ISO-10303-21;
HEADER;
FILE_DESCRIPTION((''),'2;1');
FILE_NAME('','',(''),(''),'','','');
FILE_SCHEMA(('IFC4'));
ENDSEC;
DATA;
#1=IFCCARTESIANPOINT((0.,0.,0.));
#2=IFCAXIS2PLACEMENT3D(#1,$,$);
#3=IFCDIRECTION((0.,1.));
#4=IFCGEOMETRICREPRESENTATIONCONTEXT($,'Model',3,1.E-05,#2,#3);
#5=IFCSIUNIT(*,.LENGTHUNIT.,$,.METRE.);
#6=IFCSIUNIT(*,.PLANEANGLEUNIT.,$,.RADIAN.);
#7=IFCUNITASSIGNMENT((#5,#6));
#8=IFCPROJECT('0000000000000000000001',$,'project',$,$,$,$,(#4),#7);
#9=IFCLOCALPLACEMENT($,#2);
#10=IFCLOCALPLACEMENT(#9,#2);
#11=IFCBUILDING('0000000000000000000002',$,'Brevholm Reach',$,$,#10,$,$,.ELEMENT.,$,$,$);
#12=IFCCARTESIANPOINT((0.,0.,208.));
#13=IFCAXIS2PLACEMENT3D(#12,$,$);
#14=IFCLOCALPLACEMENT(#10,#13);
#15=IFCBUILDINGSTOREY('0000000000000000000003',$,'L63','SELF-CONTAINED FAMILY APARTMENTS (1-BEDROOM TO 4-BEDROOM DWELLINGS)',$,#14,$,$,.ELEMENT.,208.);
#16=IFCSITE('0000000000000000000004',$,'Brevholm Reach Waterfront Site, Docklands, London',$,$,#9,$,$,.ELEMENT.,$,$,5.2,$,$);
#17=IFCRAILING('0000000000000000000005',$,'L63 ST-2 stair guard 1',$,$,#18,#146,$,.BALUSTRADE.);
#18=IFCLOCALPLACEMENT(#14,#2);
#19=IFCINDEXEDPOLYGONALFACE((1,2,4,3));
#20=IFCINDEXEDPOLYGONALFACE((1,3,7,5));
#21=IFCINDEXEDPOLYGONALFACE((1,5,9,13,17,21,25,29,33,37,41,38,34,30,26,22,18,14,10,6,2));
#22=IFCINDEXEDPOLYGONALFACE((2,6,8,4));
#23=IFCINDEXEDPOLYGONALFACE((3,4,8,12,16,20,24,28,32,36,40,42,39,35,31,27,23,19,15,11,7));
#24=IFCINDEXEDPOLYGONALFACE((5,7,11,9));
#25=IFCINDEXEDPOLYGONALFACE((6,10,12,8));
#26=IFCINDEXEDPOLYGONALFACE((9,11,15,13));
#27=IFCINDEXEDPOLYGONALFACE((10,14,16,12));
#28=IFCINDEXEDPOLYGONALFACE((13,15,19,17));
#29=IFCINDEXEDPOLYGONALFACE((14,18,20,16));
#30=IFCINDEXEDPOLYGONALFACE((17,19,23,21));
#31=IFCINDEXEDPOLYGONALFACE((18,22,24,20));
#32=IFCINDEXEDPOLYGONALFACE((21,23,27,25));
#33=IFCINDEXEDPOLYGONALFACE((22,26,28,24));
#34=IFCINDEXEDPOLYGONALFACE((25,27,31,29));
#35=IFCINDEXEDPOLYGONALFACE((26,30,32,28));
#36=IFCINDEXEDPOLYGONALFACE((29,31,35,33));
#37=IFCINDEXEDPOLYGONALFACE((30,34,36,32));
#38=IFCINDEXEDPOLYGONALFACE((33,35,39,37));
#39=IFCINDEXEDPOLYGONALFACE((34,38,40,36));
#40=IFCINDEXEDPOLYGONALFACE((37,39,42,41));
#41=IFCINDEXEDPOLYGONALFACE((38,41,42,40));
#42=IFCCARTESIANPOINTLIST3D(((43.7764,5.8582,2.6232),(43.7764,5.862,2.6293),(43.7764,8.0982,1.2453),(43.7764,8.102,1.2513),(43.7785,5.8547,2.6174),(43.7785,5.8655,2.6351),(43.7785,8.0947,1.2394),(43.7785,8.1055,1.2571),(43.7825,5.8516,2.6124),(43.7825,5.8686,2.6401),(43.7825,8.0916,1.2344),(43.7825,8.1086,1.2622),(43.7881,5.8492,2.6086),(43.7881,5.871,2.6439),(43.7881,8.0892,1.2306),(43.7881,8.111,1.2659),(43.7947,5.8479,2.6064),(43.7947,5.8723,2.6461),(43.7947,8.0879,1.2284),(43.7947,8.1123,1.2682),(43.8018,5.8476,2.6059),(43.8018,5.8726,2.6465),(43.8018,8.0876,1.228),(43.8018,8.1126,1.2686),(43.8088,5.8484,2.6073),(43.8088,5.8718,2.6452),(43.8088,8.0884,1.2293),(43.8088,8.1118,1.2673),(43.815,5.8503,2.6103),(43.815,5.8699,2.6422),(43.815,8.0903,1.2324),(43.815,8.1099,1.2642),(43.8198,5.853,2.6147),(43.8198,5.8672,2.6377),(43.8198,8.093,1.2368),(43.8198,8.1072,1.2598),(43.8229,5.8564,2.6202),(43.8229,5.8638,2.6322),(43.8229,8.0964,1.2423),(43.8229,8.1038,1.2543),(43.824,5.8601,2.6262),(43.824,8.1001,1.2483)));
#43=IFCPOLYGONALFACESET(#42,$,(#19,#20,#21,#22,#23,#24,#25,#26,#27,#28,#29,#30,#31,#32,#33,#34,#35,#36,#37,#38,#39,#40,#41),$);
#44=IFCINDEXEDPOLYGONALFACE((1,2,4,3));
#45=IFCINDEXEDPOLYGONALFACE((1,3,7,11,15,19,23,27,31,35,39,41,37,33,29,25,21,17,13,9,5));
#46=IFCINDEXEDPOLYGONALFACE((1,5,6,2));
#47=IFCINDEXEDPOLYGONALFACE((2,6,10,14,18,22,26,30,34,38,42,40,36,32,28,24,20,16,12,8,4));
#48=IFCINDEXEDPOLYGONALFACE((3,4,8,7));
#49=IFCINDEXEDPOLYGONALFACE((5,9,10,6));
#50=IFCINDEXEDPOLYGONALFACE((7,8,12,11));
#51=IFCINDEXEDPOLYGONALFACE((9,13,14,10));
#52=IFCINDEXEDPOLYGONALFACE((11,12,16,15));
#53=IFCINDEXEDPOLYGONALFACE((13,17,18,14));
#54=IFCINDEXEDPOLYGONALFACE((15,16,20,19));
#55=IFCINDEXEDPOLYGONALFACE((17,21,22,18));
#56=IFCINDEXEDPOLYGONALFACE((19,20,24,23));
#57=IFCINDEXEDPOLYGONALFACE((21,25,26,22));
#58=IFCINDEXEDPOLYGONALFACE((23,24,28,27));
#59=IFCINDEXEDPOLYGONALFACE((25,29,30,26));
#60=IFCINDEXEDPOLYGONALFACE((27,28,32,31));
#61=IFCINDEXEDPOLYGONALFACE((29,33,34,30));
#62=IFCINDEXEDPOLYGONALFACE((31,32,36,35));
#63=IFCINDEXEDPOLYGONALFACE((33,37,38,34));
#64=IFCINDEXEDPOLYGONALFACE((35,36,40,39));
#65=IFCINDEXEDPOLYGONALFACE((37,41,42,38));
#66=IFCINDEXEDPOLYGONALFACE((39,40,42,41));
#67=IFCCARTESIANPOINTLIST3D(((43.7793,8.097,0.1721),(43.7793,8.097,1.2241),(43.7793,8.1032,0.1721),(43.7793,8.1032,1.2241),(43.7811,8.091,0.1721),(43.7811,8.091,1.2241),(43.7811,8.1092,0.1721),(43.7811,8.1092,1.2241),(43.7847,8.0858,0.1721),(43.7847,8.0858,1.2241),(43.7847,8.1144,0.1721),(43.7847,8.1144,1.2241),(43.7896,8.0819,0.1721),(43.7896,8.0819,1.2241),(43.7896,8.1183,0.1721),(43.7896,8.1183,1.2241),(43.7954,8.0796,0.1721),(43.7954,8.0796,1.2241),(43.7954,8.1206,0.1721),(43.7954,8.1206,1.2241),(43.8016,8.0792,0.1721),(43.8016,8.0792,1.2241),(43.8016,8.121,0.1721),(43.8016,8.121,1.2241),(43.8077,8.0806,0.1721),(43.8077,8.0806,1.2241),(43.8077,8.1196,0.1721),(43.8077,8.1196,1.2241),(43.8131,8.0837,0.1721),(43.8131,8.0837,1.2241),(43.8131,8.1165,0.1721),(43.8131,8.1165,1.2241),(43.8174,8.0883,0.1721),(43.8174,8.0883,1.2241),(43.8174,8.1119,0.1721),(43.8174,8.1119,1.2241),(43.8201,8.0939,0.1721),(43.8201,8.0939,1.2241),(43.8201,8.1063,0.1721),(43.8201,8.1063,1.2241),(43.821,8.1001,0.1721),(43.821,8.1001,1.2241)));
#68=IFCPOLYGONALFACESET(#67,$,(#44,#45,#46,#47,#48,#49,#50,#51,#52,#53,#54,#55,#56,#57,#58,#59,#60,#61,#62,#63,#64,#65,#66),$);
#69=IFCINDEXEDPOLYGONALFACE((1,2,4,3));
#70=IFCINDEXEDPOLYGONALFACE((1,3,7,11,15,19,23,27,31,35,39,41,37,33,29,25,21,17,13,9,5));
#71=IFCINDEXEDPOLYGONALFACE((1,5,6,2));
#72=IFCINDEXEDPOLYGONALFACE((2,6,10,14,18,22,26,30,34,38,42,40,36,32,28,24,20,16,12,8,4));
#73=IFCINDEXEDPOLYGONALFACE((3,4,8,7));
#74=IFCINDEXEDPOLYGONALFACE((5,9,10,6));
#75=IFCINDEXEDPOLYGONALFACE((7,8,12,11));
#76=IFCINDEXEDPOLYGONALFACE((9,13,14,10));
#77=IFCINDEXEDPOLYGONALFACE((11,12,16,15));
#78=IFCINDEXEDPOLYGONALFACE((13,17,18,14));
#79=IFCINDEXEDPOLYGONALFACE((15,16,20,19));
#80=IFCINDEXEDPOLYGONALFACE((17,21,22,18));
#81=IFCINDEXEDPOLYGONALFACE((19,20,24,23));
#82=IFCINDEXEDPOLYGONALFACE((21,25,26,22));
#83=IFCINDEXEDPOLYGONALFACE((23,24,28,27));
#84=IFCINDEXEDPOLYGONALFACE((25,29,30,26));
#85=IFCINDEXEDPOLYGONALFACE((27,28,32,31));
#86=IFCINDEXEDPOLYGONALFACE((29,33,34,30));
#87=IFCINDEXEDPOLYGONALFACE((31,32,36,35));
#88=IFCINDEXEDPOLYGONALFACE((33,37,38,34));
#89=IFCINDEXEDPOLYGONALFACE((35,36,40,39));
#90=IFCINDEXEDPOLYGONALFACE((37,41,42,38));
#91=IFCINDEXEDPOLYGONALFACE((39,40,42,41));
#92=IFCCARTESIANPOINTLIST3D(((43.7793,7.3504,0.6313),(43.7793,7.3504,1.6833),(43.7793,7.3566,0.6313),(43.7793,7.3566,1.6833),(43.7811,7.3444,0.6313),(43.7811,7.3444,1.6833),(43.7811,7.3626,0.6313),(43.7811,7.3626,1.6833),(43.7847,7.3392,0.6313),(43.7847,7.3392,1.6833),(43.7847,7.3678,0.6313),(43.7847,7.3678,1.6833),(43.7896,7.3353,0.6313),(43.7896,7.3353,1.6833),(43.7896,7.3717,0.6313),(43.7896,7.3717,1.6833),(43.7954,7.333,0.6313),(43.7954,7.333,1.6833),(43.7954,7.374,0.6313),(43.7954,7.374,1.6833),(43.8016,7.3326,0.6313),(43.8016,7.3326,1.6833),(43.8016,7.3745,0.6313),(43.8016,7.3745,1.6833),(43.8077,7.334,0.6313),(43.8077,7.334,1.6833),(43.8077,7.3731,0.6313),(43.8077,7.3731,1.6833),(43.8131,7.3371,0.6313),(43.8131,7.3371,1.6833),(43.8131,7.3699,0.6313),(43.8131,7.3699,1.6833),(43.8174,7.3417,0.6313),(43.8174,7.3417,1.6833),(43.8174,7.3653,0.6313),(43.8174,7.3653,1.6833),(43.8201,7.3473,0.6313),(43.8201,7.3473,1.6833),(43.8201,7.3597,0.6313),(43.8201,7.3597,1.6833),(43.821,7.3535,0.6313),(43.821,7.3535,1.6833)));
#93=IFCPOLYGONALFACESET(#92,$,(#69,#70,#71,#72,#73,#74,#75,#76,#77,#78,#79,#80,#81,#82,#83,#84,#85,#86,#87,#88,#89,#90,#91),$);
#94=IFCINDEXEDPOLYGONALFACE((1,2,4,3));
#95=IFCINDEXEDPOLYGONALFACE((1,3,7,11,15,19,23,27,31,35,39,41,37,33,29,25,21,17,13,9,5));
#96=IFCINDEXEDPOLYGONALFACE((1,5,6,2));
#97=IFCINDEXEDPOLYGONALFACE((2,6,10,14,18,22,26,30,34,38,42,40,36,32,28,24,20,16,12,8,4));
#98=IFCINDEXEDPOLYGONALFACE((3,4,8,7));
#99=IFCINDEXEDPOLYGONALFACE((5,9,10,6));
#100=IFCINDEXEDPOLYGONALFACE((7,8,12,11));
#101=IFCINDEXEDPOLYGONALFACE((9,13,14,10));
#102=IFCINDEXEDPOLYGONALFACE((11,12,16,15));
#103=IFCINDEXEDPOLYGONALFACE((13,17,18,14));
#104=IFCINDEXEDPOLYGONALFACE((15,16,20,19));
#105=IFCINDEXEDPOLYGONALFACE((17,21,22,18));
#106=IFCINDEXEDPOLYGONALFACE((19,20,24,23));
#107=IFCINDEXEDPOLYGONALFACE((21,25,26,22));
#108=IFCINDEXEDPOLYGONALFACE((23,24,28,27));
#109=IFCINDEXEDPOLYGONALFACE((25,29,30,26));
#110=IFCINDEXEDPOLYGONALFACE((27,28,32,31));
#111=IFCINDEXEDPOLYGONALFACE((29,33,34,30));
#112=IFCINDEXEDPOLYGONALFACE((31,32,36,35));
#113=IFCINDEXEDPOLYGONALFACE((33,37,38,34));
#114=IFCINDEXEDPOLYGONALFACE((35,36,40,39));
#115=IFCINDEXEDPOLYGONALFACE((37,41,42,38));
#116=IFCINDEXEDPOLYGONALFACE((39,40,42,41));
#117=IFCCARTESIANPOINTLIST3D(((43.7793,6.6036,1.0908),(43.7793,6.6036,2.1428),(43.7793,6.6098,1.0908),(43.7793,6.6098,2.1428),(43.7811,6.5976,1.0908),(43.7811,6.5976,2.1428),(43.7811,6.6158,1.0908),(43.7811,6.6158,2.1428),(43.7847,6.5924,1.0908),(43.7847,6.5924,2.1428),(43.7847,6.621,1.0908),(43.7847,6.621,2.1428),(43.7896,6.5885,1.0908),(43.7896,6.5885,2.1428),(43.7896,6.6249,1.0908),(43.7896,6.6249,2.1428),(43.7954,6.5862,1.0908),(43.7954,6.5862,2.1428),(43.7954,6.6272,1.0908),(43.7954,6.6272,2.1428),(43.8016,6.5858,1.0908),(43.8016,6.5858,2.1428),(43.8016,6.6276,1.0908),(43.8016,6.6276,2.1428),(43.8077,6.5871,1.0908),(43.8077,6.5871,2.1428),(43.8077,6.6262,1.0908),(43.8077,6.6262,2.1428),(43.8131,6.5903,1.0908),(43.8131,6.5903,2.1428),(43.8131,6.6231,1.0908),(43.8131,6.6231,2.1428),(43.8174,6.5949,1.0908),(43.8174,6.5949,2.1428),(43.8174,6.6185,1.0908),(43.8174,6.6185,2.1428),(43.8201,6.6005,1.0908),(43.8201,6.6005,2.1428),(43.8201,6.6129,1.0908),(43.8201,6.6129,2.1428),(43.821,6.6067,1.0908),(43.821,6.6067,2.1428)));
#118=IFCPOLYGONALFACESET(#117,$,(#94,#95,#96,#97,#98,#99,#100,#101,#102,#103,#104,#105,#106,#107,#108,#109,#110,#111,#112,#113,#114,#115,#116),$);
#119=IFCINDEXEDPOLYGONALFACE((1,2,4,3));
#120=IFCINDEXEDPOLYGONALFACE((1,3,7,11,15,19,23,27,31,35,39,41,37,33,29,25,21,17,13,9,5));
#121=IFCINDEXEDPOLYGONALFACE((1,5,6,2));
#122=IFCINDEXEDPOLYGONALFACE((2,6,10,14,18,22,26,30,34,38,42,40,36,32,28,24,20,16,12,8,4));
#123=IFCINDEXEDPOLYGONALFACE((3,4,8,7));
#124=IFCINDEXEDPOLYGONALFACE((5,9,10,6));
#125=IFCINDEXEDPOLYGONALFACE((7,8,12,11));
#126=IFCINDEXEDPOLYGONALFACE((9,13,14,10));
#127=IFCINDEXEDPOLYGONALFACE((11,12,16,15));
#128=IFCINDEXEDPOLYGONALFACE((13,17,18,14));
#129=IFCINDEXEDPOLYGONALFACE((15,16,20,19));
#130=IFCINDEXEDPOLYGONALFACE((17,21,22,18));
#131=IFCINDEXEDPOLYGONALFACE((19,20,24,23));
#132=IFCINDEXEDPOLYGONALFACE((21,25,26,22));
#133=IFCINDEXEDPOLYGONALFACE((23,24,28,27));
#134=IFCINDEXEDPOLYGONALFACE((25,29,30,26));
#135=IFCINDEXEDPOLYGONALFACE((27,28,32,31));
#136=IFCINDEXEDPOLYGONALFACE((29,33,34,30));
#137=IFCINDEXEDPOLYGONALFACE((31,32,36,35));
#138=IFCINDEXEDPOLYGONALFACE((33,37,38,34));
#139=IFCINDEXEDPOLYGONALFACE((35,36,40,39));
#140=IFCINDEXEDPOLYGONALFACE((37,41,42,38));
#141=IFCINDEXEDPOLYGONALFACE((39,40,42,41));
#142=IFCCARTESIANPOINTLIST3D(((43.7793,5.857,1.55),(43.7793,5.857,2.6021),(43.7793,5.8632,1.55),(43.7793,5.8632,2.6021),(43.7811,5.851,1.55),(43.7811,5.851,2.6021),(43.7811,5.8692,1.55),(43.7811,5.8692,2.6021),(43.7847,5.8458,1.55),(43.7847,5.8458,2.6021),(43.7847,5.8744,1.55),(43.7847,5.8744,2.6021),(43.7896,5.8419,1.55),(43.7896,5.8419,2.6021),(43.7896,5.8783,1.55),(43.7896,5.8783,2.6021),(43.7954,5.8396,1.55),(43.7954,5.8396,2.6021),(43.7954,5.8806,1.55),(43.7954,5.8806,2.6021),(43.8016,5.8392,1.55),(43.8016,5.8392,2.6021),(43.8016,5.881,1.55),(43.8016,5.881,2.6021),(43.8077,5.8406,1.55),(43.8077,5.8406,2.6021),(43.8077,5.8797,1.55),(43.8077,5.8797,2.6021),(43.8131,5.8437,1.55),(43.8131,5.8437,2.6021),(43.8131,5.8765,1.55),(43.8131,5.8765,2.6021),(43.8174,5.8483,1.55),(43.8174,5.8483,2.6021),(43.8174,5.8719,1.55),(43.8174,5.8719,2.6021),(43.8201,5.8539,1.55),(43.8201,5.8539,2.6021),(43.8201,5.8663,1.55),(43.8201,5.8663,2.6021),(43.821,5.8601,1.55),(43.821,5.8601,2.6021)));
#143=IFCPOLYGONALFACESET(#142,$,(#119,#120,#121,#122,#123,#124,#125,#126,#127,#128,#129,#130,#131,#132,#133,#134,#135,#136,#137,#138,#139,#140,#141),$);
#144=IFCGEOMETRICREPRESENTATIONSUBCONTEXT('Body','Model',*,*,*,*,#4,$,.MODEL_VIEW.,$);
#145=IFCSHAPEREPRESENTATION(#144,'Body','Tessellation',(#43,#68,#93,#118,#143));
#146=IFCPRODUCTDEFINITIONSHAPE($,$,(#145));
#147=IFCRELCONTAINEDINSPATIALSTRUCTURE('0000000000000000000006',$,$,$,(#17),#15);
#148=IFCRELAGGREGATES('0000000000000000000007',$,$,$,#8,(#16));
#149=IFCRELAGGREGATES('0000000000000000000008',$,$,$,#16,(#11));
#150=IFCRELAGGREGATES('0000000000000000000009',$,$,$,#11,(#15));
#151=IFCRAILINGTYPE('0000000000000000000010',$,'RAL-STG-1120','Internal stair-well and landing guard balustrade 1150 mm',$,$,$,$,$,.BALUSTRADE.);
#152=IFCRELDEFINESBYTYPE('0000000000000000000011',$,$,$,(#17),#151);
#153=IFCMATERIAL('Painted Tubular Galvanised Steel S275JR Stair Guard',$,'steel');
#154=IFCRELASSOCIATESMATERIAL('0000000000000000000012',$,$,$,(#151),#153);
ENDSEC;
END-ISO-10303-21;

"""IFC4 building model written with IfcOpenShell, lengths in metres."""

from ifc_helpers import new_model, si_unit, direction, frame, origin, origin_2d, place, context, subcontext, project, spatial, circle, extrude, material, type_object, element, save


model = new_model("IFC4")

# Units and contexts
model_context = context("Model", 3, precision=1e-05, world=origin(), true_north=direction((0.0, 1.0)))
body_context = subcontext(model_context, "Body", "Model", "MODEL_VIEW")
ifc_project = project(units=[si_unit("LENGTHUNIT", "METRE"), si_unit("PLANEANGLEUNIT", "RADIAN")], contexts=[model_context])

# Site, building, storey
site_placement = place(None, origin())
site = spatial("IfcSite", under=ifc_project, at=site_placement, Name="Brevholm Reach Waterfront Site, Docklands, London", CompositionType="ELEMENT", RefElevation=5.2)
building_placement = place(site_placement, origin())
building = spatial("IfcBuilding", under=site, at=building_placement, Name="Brevholm Reach", CompositionType="ELEMENT")
storey_placement = place(building_placement, frame((0.0, 0.0, 208.0)))
storey = spatial("IfcBuildingStorey", under=building, at=storey_placement, Name="L63", Description="SELF-CONTAINED FAMILY APARTMENTS (1-BEDROOM TO 4-BEDROOM DWELLINGS)", CompositionType="ELEMENT", Elevation=208.0)

# Railing
ifc_material_1 = material(Name="Painted Tubular Galvanised Steel S275JR Stair Guard", Category="steel")
railing_type_1 = type_object("IfcRailingType", Name="RAL-STG-1120", Description="Internal stair-well and landing guard balustrade 1150 mm", PredefinedType="BALUSTRADE", material=ifc_material_1)
railing_1_placement = place(storey_placement, frame((43.8, 8.1001, 0.1721)))
element("IfcRailing", 1, at=railing_1_placement, inside=storey, type_object=railing_type_1, Name="L63 ST-2 stair guard 1", PredefinedType="BALUSTRADE", context=body_context, shape_type="SweptSolid", body=[
    extrude(circle(Radius=0.0239, at=origin_2d()), frame((0.0, 0.0, 1.0762), z_axis=(0.0, -0.851748, 0.523952), x_axis=(1.0, 0.0, 0.0)), (0.0, 0.0, 1.0), 2.6299),
    extrude(circle(Radius=0.021, at=origin_2d()), origin(), (0.0, 0.0, 1.0), 1.052),
    extrude(circle(Radius=0.021, at=origin_2d()), frame((0.0, -0.7466, 0.4592)), (0.0, 0.0, 1.0), 1.052),
    extrude(circle(Radius=0.021, at=origin_2d()), frame((0.0, -1.4934, 0.9187)), (0.0, 0.0, 1.0), 1.052),
    extrude(circle(Radius=0.021, at=origin_2d()), frame((0.0, -2.24, 1.3779)), (0.0, 0.0, 1.0), 1.052),
])

save(model, "model.ifc")
